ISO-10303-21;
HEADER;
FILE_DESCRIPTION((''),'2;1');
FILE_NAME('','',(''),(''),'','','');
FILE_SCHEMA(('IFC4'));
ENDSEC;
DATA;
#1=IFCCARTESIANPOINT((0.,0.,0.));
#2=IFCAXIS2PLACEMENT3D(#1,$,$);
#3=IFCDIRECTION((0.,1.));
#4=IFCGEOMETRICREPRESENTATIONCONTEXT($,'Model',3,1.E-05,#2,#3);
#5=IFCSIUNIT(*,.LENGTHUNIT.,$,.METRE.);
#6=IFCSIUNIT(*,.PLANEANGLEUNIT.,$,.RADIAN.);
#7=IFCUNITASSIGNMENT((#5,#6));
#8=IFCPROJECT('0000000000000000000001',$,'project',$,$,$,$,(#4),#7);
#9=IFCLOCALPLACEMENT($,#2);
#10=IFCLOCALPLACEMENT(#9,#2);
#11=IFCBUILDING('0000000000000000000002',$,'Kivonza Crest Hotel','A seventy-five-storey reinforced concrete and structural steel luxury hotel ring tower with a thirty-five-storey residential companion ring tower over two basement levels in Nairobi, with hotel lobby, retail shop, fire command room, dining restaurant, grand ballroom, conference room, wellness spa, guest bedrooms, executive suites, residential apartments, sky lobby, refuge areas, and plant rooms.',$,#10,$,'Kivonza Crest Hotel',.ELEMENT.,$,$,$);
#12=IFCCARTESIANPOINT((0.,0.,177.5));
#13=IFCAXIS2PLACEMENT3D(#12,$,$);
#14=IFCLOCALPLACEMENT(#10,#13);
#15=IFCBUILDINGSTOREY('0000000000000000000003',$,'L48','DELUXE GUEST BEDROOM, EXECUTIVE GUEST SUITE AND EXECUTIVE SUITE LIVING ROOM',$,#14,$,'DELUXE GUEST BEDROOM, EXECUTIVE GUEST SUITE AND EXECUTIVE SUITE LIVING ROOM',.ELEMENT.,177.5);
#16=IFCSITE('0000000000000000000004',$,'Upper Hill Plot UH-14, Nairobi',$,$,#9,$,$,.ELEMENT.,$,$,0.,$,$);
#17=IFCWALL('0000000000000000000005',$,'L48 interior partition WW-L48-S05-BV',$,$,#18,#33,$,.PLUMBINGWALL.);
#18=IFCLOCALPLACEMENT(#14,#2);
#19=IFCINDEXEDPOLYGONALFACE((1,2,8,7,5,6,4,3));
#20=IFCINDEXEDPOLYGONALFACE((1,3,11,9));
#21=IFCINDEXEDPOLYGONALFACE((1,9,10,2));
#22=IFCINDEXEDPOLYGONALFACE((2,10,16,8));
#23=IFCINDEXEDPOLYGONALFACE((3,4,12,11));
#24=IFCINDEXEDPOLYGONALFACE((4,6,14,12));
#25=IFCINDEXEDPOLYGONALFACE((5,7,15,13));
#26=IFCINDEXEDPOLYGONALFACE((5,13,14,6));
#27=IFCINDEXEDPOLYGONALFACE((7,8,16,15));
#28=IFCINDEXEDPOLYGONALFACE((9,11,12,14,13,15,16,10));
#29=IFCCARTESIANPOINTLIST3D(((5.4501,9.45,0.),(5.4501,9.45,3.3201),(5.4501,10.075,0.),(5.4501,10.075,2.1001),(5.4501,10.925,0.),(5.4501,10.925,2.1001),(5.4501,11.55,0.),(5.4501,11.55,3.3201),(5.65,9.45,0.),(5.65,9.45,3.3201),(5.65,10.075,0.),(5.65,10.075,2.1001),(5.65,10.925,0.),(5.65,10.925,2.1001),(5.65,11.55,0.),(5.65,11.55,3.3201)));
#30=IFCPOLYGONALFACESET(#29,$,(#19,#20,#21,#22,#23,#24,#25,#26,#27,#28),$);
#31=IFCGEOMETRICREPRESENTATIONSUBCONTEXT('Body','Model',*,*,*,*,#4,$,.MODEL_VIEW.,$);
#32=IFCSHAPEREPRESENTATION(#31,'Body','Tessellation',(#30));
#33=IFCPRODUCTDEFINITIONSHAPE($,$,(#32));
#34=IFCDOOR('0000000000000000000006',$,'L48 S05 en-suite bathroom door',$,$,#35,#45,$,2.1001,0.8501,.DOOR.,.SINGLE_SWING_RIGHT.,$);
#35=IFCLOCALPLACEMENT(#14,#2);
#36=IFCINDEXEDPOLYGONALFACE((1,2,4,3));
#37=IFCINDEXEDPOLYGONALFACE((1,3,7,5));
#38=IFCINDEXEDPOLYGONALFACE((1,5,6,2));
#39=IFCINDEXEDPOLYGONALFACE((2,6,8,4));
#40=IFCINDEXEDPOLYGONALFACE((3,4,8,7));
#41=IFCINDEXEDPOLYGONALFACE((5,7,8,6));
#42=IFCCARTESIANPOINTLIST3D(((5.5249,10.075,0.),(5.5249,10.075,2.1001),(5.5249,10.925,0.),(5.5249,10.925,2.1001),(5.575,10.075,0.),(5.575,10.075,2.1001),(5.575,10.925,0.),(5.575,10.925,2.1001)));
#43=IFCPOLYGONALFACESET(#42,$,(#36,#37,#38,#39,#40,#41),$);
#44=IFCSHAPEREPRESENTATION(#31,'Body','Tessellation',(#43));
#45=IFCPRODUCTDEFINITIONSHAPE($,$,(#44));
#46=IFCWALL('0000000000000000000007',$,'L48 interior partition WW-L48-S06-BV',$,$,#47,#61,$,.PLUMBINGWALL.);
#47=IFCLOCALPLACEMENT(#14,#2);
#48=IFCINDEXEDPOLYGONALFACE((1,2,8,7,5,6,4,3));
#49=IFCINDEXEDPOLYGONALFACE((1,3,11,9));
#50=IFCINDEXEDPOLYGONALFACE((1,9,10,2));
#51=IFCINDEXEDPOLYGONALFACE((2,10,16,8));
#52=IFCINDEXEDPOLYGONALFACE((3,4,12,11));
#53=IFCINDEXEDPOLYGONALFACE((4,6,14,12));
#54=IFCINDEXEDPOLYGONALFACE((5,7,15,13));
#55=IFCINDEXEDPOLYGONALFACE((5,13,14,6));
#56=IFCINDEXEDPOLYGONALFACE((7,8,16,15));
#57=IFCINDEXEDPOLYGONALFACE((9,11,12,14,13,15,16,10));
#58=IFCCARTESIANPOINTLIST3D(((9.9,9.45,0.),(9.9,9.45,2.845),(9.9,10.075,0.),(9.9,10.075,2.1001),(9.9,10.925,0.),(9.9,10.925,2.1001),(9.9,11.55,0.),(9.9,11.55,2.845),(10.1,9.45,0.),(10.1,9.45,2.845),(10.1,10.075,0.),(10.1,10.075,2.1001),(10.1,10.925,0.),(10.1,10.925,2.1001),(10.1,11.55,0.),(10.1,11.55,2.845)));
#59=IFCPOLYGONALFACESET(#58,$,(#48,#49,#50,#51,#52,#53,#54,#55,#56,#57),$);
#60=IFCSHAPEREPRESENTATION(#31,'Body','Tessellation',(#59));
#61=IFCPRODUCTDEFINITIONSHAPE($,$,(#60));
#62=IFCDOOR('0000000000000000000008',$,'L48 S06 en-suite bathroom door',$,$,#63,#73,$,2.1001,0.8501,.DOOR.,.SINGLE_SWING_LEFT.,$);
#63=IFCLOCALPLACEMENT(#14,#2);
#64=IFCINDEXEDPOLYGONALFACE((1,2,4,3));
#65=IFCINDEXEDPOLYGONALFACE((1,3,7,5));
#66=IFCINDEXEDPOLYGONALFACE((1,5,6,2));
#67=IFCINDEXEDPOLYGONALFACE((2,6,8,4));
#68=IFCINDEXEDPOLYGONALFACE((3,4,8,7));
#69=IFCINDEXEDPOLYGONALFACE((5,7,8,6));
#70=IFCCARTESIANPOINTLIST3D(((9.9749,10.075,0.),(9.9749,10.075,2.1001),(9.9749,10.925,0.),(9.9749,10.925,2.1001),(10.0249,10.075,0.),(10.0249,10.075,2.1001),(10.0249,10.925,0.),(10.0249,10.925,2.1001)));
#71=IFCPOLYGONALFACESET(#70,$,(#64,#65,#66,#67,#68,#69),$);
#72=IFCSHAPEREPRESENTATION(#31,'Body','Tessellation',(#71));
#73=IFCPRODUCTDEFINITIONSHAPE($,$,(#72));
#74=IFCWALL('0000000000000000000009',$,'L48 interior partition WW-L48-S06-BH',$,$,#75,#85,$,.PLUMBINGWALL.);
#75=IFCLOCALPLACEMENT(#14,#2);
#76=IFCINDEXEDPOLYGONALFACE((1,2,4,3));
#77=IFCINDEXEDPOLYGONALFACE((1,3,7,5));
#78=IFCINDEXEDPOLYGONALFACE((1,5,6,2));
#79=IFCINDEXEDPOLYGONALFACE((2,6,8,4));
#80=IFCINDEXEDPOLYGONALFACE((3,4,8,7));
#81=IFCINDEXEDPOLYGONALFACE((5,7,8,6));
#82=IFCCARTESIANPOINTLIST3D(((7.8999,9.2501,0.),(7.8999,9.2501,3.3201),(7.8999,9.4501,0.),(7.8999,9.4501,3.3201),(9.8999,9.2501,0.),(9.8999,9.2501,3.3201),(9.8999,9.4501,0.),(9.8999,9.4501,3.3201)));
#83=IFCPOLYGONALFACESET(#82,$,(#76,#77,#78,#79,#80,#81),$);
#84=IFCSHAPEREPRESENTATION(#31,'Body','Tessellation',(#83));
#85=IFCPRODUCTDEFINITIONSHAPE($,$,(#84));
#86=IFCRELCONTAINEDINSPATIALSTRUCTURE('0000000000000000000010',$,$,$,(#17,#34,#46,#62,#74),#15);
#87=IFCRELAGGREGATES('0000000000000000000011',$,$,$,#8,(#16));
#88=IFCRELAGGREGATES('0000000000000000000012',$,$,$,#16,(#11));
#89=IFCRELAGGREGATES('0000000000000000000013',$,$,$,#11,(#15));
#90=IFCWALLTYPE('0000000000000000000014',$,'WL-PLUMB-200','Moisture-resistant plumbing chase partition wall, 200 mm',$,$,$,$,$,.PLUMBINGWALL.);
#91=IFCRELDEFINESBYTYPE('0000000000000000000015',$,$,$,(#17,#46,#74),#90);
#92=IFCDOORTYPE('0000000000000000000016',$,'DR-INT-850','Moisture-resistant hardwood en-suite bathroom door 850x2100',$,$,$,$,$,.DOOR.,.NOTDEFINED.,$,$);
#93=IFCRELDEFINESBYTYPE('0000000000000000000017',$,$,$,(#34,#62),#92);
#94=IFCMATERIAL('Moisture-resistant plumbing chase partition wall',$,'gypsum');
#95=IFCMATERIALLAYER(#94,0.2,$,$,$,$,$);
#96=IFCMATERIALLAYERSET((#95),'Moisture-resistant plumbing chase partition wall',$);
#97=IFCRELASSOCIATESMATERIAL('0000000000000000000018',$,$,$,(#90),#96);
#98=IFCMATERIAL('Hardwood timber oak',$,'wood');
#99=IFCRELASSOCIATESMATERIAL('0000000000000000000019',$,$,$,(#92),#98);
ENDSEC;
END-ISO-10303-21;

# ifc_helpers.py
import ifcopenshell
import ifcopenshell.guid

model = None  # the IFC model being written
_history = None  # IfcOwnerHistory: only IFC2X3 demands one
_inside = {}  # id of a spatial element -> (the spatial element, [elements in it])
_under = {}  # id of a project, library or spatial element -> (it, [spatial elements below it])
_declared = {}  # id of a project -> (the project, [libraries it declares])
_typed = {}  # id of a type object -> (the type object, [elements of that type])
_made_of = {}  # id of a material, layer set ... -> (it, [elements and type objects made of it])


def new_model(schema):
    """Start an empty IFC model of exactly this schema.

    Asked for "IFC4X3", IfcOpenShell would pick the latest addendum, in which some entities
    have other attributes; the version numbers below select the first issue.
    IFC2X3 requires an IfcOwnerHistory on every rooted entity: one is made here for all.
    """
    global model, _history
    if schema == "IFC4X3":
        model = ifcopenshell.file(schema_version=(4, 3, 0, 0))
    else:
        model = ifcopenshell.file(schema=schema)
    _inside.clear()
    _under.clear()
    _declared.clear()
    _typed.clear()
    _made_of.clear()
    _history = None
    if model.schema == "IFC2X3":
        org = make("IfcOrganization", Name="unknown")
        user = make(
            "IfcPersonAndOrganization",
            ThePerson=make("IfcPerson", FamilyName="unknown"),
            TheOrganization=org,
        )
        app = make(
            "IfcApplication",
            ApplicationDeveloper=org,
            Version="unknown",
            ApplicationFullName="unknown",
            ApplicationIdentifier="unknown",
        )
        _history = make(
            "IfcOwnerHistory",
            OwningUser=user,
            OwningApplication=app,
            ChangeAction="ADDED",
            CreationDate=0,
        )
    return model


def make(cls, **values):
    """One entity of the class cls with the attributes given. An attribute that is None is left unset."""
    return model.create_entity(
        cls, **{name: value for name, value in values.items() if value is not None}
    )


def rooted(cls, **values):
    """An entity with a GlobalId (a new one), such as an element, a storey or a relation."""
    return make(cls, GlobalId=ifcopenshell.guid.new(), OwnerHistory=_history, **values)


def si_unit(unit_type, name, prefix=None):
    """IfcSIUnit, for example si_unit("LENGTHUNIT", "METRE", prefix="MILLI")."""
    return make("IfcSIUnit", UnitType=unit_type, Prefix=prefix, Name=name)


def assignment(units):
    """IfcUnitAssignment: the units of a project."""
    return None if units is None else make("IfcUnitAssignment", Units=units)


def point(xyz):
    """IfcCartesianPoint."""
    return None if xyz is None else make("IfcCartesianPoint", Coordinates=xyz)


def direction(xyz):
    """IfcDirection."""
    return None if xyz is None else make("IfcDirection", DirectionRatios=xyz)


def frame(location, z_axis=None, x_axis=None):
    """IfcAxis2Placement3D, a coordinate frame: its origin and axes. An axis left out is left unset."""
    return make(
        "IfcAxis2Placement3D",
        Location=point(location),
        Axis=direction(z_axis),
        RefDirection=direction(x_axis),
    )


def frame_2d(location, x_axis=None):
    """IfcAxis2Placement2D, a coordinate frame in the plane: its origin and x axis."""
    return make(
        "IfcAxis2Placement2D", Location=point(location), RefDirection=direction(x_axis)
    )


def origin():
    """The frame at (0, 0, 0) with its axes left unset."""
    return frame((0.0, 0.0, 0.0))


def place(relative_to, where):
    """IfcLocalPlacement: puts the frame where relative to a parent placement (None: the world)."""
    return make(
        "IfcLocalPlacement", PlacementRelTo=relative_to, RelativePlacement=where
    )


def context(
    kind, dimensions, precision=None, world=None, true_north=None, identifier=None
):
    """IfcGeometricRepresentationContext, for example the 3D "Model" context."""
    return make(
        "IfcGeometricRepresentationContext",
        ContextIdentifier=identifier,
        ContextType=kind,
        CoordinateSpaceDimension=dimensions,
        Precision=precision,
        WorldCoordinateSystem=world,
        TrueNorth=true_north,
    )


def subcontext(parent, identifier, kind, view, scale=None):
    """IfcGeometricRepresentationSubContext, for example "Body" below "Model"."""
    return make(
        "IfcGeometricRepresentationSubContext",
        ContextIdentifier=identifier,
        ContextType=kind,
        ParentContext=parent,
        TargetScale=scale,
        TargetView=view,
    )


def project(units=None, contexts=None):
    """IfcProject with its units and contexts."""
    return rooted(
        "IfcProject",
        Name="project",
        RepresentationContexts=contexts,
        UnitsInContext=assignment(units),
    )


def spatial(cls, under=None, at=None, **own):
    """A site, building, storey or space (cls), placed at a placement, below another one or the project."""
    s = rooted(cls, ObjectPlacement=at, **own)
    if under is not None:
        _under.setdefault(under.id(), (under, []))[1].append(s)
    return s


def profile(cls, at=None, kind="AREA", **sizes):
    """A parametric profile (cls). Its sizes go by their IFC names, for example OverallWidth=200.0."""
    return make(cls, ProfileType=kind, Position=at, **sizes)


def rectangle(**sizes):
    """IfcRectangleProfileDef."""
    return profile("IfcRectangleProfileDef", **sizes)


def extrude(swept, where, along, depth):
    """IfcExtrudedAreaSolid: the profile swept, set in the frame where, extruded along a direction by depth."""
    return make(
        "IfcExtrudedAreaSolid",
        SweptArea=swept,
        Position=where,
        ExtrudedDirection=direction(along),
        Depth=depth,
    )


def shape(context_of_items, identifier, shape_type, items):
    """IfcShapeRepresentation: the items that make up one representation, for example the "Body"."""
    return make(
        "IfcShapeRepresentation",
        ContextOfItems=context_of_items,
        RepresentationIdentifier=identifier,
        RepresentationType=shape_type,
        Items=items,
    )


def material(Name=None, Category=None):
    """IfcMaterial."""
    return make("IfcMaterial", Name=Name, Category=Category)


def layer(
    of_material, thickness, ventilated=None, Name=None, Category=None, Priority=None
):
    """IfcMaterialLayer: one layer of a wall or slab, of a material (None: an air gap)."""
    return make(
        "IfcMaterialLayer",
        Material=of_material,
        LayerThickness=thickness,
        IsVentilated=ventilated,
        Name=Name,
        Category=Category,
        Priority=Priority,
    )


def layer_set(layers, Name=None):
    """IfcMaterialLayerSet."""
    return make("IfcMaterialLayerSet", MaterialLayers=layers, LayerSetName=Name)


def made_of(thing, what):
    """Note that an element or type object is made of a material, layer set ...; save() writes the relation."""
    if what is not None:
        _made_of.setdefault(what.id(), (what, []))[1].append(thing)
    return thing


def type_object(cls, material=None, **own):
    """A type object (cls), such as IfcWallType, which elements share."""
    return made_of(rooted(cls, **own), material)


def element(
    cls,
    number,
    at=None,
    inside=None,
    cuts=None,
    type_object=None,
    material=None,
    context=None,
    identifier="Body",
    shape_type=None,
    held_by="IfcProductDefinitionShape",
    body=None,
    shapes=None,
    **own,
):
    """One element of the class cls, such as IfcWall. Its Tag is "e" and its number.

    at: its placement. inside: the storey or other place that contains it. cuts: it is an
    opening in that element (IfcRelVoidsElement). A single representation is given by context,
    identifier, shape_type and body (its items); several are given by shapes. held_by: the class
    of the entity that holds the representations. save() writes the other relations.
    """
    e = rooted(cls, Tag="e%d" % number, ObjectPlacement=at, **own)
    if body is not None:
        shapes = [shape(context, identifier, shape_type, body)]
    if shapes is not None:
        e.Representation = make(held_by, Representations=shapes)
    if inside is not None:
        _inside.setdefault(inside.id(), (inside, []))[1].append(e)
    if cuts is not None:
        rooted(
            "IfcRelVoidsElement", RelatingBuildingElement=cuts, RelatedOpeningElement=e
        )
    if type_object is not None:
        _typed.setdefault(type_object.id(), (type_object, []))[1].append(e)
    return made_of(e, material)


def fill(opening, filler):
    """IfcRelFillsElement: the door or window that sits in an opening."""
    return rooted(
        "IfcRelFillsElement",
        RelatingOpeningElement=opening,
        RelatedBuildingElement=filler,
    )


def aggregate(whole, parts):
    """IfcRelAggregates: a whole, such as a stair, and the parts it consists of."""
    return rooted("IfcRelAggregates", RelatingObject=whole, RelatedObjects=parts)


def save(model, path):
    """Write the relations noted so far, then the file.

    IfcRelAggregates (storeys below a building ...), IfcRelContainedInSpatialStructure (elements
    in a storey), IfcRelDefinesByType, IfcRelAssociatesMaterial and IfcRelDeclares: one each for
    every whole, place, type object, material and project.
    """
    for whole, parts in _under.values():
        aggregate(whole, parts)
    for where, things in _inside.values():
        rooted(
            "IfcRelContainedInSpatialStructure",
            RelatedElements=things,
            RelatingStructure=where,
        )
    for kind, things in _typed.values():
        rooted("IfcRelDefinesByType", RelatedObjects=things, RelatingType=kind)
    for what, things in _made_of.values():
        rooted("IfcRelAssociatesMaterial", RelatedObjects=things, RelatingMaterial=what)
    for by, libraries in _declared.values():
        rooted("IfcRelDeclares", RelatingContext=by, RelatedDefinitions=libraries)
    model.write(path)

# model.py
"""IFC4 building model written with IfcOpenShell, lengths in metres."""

from ifc_helpers import new_model, si_unit, direction, frame, frame_2d, origin, place, context, subcontext, project, spatial, rectangle, extrude, material, layer, layer_set, type_object, element, fill, save


model = new_model("IFC4")

# Units and contexts
model_context = context("Model", 3, precision=1e-05, world=origin(), true_north=direction((0.0, 1.0)))
body_context = subcontext(model_context, "Body", "Model", "MODEL_VIEW")
ifc_project = project(units=[si_unit("LENGTHUNIT", "METRE"), si_unit("PLANEANGLEUNIT", "RADIAN")], contexts=[model_context])

# Site, building, storey
site_placement = place(None, origin())
site = spatial("IfcSite", under=ifc_project, at=site_placement, Name="Upper Hill Plot UH-14, Nairobi", CompositionType="ELEMENT", RefElevation=0.0)
building_placement = place(site_placement, origin())
building = spatial("IfcBuilding", under=site, at=building_placement, Name="Kivonza Crest Hotel", Description="A seventy-five-storey reinforced concrete and structural steel luxury hotel ring tower with a thirty-five-storey residential companion ring tower over two basement levels in Nairobi, with hotel lobby, retail shop, fire command room, dining restaurant, grand ballroom, conference room, wellness spa, guest bedrooms, executive suites, residential apartments, sky lobby, refuge areas, and plant rooms.", LongName="Kivonza Crest Hotel", CompositionType="ELEMENT")
storey_placement = place(building_placement, frame((0.0, 0.0, 177.5)))
storey = spatial("IfcBuildingStorey", under=building, at=storey_placement, Name="L48", Description="DELUXE GUEST BEDROOM, EXECUTIVE GUEST SUITE AND EXECUTIVE SUITE LIVING ROOM", LongName="DELUXE GUEST BEDROOM, EXECUTIVE GUEST SUITE AND EXECUTIVE SUITE LIVING ROOM", CompositionType="ELEMENT", Elevation=177.5)

# Shared definitions
ifc_material_1 = material(Name="Hardwood timber oak", Category="wood")

# Walls, openings, doors
ifc_material_2 = material(Name="Moisture-resistant plumbing chase partition wall", Category="gypsum")
ifc_layer_1 = layer(ifc_material_2, 0.2)
ifc_layer_set_1 = layer_set([ifc_layer_1], Name="Moisture-resistant plumbing chase partition wall")
wall_type_1 = type_object("IfcWallType", Name="WL-PLUMB-200", Description="Moisture-resistant plumbing chase partition wall, 200 mm", PredefinedType="PLUMBINGWALL", material=ifc_layer_set_1)
wall_1_placement = place(storey_placement, frame((5.55, 9.45, 0.0), z_axis=(0.0, 0.0, 1.0), x_axis=(0.0, 1.0, 0.0)))
wall_1 = element("IfcWall", 1, at=wall_1_placement, inside=storey, type_object=wall_type_1, Name="L48 interior partition WW-L48-S05-BV", PredefinedType="PLUMBINGWALL", context=body_context, shape_type="SweptSolid", body=[
    extrude(rectangle(XDim=2.1001, YDim=0.2, at=frame_2d((1.05, 0.0))), origin(), (0.0, 0.0, 1.0), 3.3201),
])
opening_1_placement = place(wall_1_placement, frame((0.625, 0.0, 0.0)))
opening_1 = element("IfcOpeningElement", 2, at=opening_1_placement, cuts=wall_1, PredefinedType="OPENING", context=body_context, shape_type="SweptSolid", body=[
    extrude(rectangle(XDim=0.8501, YDim=2.1001, at=frame_2d((0.425, 1.05))), frame((0.0, 0.1099, 0.0), z_axis=(0.0, -1.0, 0.0), x_axis=(1.0, 0.0, 0.0)), (0.0, 0.0, 1.0), 0.22),
])
door_type_1 = type_object("IfcDoorType", Name="DR-INT-850", Description="Moisture-resistant hardwood en-suite bathroom door 850x2100", OperationType="NOTDEFINED", PredefinedType="DOOR", material=ifc_material_1)
door_1_placement = place(opening_1_placement, frame((0.8501, 0.0, 0.0), z_axis=(0.0, 0.0, 1.0), x_axis=(-1.0, 0.0, 0.0)))
door_1 = element("IfcDoor", 3, at=door_1_placement, inside=storey, type_object=door_type_1, Name="L48 S05 en-suite bathroom door", OperationType="SINGLE_SWING_RIGHT", OverallHeight=2.1001, OverallWidth=0.8501, PredefinedType="DOOR", context=body_context, shape_type="SweptSolid", body=[
    extrude(rectangle(XDim=0.8501, YDim=2.1001, at=frame_2d((0.425, 1.05))), frame((0.0, 0.0249, 0.0), z_axis=(0.0, -1.0, 0.0), x_axis=(1.0, 0.0, 0.0)), (0.0, 0.0, 1.0), 0.05),
])
fill(opening_1, door_1)
wall_2_placement = place(storey_placement, frame((10.0, 9.45, 0.0), z_axis=(0.0, 0.0, 1.0), x_axis=(0.0, 1.0, 0.0)))
wall_2 = element("IfcWall", 4, at=wall_2_placement, inside=storey, type_object=wall_type_1, Name="L48 interior partition WW-L48-S06-BV", PredefinedType="PLUMBINGWALL", context=body_context, shape_type="SweptSolid", body=[
    extrude(rectangle(XDim=2.1001, YDim=0.2, at=frame_2d((1.05, 0.0))), origin(), (0.0, 0.0, 1.0), 2.845),
])
opening_2_placement = place(wall_2_placement, frame((0.625, 0.0, 0.0)))
opening_2 = element("IfcOpeningElement", 5, at=opening_2_placement, cuts=wall_2, PredefinedType="OPENING", context=body_context, shape_type="SweptSolid", body=[
    extrude(rectangle(XDim=0.8501, YDim=2.1001, at=frame_2d((0.425, 1.05))), frame((0.0, 0.1099, 0.0), z_axis=(0.0, -1.0, 0.0), x_axis=(1.0, 0.0, 0.0)), (0.0, 0.0, 1.0), 0.22),
])
door_2_placement = place(opening_2_placement, frame((0.8501, 0.0, 0.0), z_axis=(0.0, 0.0, 1.0), x_axis=(-1.0, 0.0, 0.0)))
door_2 = element("IfcDoor", 6, at=door_2_placement, inside=storey, type_object=door_type_1, Name="L48 S06 en-suite bathroom door", OperationType="SINGLE_SWING_LEFT", OverallHeight=2.1001, OverallWidth=0.8501, PredefinedType="DOOR", context=body_context, shape_type="SweptSolid", body=[
    extrude(rectangle(XDim=0.8501, YDim=2.1001, at=frame_2d((0.425, 1.05))), frame((0.0, 0.0249, 0.0), z_axis=(0.0, -1.0, 0.0), x_axis=(1.0, 0.0, 0.0)), (0.0, 0.0, 1.0), 0.05),
])
fill(opening_2, door_2)

# Wall
wall_3_placement = place(storey_placement, frame((7.8999, 9.3501, 0.0), z_axis=(0.0, 0.0, 1.0), x_axis=(1.0, 0.0, 0.0)))
element("IfcWall", 7, at=wall_3_placement, inside=storey, type_object=wall_type_1, Name="L48 interior partition WW-L48-S06-BH", PredefinedType="PLUMBINGWALL", context=body_context, shape_type="SweptSolid", body=[
    extrude(rectangle(XDim=2.0, YDim=0.2, at=frame_2d((1.0, 0.0))), origin(), (0.0, 0.0, 1.0), 3.3201),
])

save(model, "model.ifc")
